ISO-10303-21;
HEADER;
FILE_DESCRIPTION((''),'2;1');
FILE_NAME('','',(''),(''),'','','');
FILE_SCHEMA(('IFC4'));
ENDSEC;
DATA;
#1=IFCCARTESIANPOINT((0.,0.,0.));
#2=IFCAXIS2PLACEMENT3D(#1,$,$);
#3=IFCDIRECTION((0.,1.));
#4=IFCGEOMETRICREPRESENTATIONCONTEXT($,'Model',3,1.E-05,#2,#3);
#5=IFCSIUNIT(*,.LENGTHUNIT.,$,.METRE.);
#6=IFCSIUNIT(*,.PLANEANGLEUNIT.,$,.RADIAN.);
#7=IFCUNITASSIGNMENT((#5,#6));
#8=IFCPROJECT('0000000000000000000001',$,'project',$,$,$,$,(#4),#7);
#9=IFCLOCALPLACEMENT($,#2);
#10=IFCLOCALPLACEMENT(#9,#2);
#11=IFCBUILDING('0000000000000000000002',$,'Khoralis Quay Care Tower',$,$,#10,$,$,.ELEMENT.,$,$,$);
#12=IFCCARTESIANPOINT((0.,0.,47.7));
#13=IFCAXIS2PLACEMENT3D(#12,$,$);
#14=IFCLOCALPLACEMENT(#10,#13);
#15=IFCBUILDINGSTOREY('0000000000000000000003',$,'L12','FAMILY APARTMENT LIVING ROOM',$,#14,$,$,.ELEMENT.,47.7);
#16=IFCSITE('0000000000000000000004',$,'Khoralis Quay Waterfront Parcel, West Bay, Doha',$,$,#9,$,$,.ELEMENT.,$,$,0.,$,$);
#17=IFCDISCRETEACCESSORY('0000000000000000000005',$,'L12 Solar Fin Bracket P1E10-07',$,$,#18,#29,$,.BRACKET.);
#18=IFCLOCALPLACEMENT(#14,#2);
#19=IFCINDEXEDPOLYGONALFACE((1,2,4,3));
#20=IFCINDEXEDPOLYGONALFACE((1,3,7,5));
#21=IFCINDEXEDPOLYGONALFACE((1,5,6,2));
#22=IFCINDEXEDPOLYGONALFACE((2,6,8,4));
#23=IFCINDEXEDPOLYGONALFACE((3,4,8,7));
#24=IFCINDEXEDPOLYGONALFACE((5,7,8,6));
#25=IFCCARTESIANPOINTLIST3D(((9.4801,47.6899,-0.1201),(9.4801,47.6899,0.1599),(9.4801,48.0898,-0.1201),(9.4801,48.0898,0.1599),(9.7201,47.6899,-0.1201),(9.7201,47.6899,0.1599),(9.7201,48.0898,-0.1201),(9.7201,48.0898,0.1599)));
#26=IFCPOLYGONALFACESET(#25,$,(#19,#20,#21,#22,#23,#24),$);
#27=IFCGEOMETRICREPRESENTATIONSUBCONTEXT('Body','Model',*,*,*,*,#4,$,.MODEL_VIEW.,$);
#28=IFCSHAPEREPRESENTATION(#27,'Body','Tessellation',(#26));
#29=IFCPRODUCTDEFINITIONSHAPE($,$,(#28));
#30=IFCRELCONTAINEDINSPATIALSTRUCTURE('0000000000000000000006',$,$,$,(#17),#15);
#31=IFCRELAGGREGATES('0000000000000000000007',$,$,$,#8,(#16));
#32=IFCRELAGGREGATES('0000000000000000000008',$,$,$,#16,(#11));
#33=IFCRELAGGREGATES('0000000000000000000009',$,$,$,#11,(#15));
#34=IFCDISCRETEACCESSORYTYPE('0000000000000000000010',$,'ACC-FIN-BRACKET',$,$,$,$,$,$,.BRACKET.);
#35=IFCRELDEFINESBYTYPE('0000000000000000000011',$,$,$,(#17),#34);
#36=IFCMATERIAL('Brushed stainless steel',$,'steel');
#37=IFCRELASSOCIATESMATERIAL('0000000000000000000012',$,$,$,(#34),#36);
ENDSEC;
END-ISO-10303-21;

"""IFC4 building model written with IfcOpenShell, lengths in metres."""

from ifc_helpers import new_model, si_unit, direction, frame, origin, origin_2d, place, context, subcontext, project, spatial, rectangle, extrude, source, transform, mapped, material, type_object, element, save


model = new_model("IFC4")

# Units and contexts
model_context = context("Model", 3, precision=1e-05, world=origin(), true_north=direction((0.0, 1.0)))
body_context = subcontext(model_context, "Body", "Model", "MODEL_VIEW")
ifc_project = project(units=[si_unit("LENGTHUNIT", "METRE"), si_unit("PLANEANGLEUNIT", "RADIAN")], contexts=[model_context])

# Site, building, storey
site_placement = place(None, origin())
site = spatial("IfcSite", under=ifc_project, at=site_placement, Name="Khoralis Quay Waterfront Parcel, West Bay, Doha", CompositionType="ELEMENT", RefElevation=0.0)
building_placement = place(site_placement, origin())
building = spatial("IfcBuilding", under=site, at=building_placement, Name="Khoralis Quay Care Tower", CompositionType="ELEMENT")
storey_placement = place(building_placement, frame((0.0, 0.0, 47.7)))
storey = spatial("IfcBuildingStorey", under=building, at=storey_placement, Name="L12", Description="FAMILY APARTMENT LIVING ROOM", CompositionType="ELEMENT", Elevation=47.7)

# Discrete accessory
ifc_material_1 = material(Name="Brushed stainless steel", Category="steel")
discrete_accessory_type = type_object("IfcDiscreteAccessoryType", Name="ACC-FIN-BRACKET", PredefinedType="BRACKET", material=ifc_material_1)
shared_shape_1 = source(origin(), body_context, "Body", "SweptSolid", [
    extrude(rectangle(XDim=0.3999, YDim=0.24, at=origin_2d()), origin(), (0.0, 0.0, 1.0), 0.28),
])
for number, where, z_axis, x_axis, name in (
    (1, (9.6001, 47.8899, -0.1201), (0.0, 0.0, 1.0), (0.0, 1.0, 0.0), "L12 Solar Fin Bracket P1E10-07"),
):
    element("IfcDiscreteAccessory", number, at=place(storey_placement, frame(where, z_axis=z_axis, x_axis=x_axis)), inside=storey, type_object=discrete_accessory_type, Name=name, PredefinedType="BRACKET", context=body_context, shape_type="MappedRepresentation", body=[
        mapped(shared_shape_1, transform((0.0, 0.0, 0.0), scale=1.0)),
    ])

save(model, "model.ifc")
